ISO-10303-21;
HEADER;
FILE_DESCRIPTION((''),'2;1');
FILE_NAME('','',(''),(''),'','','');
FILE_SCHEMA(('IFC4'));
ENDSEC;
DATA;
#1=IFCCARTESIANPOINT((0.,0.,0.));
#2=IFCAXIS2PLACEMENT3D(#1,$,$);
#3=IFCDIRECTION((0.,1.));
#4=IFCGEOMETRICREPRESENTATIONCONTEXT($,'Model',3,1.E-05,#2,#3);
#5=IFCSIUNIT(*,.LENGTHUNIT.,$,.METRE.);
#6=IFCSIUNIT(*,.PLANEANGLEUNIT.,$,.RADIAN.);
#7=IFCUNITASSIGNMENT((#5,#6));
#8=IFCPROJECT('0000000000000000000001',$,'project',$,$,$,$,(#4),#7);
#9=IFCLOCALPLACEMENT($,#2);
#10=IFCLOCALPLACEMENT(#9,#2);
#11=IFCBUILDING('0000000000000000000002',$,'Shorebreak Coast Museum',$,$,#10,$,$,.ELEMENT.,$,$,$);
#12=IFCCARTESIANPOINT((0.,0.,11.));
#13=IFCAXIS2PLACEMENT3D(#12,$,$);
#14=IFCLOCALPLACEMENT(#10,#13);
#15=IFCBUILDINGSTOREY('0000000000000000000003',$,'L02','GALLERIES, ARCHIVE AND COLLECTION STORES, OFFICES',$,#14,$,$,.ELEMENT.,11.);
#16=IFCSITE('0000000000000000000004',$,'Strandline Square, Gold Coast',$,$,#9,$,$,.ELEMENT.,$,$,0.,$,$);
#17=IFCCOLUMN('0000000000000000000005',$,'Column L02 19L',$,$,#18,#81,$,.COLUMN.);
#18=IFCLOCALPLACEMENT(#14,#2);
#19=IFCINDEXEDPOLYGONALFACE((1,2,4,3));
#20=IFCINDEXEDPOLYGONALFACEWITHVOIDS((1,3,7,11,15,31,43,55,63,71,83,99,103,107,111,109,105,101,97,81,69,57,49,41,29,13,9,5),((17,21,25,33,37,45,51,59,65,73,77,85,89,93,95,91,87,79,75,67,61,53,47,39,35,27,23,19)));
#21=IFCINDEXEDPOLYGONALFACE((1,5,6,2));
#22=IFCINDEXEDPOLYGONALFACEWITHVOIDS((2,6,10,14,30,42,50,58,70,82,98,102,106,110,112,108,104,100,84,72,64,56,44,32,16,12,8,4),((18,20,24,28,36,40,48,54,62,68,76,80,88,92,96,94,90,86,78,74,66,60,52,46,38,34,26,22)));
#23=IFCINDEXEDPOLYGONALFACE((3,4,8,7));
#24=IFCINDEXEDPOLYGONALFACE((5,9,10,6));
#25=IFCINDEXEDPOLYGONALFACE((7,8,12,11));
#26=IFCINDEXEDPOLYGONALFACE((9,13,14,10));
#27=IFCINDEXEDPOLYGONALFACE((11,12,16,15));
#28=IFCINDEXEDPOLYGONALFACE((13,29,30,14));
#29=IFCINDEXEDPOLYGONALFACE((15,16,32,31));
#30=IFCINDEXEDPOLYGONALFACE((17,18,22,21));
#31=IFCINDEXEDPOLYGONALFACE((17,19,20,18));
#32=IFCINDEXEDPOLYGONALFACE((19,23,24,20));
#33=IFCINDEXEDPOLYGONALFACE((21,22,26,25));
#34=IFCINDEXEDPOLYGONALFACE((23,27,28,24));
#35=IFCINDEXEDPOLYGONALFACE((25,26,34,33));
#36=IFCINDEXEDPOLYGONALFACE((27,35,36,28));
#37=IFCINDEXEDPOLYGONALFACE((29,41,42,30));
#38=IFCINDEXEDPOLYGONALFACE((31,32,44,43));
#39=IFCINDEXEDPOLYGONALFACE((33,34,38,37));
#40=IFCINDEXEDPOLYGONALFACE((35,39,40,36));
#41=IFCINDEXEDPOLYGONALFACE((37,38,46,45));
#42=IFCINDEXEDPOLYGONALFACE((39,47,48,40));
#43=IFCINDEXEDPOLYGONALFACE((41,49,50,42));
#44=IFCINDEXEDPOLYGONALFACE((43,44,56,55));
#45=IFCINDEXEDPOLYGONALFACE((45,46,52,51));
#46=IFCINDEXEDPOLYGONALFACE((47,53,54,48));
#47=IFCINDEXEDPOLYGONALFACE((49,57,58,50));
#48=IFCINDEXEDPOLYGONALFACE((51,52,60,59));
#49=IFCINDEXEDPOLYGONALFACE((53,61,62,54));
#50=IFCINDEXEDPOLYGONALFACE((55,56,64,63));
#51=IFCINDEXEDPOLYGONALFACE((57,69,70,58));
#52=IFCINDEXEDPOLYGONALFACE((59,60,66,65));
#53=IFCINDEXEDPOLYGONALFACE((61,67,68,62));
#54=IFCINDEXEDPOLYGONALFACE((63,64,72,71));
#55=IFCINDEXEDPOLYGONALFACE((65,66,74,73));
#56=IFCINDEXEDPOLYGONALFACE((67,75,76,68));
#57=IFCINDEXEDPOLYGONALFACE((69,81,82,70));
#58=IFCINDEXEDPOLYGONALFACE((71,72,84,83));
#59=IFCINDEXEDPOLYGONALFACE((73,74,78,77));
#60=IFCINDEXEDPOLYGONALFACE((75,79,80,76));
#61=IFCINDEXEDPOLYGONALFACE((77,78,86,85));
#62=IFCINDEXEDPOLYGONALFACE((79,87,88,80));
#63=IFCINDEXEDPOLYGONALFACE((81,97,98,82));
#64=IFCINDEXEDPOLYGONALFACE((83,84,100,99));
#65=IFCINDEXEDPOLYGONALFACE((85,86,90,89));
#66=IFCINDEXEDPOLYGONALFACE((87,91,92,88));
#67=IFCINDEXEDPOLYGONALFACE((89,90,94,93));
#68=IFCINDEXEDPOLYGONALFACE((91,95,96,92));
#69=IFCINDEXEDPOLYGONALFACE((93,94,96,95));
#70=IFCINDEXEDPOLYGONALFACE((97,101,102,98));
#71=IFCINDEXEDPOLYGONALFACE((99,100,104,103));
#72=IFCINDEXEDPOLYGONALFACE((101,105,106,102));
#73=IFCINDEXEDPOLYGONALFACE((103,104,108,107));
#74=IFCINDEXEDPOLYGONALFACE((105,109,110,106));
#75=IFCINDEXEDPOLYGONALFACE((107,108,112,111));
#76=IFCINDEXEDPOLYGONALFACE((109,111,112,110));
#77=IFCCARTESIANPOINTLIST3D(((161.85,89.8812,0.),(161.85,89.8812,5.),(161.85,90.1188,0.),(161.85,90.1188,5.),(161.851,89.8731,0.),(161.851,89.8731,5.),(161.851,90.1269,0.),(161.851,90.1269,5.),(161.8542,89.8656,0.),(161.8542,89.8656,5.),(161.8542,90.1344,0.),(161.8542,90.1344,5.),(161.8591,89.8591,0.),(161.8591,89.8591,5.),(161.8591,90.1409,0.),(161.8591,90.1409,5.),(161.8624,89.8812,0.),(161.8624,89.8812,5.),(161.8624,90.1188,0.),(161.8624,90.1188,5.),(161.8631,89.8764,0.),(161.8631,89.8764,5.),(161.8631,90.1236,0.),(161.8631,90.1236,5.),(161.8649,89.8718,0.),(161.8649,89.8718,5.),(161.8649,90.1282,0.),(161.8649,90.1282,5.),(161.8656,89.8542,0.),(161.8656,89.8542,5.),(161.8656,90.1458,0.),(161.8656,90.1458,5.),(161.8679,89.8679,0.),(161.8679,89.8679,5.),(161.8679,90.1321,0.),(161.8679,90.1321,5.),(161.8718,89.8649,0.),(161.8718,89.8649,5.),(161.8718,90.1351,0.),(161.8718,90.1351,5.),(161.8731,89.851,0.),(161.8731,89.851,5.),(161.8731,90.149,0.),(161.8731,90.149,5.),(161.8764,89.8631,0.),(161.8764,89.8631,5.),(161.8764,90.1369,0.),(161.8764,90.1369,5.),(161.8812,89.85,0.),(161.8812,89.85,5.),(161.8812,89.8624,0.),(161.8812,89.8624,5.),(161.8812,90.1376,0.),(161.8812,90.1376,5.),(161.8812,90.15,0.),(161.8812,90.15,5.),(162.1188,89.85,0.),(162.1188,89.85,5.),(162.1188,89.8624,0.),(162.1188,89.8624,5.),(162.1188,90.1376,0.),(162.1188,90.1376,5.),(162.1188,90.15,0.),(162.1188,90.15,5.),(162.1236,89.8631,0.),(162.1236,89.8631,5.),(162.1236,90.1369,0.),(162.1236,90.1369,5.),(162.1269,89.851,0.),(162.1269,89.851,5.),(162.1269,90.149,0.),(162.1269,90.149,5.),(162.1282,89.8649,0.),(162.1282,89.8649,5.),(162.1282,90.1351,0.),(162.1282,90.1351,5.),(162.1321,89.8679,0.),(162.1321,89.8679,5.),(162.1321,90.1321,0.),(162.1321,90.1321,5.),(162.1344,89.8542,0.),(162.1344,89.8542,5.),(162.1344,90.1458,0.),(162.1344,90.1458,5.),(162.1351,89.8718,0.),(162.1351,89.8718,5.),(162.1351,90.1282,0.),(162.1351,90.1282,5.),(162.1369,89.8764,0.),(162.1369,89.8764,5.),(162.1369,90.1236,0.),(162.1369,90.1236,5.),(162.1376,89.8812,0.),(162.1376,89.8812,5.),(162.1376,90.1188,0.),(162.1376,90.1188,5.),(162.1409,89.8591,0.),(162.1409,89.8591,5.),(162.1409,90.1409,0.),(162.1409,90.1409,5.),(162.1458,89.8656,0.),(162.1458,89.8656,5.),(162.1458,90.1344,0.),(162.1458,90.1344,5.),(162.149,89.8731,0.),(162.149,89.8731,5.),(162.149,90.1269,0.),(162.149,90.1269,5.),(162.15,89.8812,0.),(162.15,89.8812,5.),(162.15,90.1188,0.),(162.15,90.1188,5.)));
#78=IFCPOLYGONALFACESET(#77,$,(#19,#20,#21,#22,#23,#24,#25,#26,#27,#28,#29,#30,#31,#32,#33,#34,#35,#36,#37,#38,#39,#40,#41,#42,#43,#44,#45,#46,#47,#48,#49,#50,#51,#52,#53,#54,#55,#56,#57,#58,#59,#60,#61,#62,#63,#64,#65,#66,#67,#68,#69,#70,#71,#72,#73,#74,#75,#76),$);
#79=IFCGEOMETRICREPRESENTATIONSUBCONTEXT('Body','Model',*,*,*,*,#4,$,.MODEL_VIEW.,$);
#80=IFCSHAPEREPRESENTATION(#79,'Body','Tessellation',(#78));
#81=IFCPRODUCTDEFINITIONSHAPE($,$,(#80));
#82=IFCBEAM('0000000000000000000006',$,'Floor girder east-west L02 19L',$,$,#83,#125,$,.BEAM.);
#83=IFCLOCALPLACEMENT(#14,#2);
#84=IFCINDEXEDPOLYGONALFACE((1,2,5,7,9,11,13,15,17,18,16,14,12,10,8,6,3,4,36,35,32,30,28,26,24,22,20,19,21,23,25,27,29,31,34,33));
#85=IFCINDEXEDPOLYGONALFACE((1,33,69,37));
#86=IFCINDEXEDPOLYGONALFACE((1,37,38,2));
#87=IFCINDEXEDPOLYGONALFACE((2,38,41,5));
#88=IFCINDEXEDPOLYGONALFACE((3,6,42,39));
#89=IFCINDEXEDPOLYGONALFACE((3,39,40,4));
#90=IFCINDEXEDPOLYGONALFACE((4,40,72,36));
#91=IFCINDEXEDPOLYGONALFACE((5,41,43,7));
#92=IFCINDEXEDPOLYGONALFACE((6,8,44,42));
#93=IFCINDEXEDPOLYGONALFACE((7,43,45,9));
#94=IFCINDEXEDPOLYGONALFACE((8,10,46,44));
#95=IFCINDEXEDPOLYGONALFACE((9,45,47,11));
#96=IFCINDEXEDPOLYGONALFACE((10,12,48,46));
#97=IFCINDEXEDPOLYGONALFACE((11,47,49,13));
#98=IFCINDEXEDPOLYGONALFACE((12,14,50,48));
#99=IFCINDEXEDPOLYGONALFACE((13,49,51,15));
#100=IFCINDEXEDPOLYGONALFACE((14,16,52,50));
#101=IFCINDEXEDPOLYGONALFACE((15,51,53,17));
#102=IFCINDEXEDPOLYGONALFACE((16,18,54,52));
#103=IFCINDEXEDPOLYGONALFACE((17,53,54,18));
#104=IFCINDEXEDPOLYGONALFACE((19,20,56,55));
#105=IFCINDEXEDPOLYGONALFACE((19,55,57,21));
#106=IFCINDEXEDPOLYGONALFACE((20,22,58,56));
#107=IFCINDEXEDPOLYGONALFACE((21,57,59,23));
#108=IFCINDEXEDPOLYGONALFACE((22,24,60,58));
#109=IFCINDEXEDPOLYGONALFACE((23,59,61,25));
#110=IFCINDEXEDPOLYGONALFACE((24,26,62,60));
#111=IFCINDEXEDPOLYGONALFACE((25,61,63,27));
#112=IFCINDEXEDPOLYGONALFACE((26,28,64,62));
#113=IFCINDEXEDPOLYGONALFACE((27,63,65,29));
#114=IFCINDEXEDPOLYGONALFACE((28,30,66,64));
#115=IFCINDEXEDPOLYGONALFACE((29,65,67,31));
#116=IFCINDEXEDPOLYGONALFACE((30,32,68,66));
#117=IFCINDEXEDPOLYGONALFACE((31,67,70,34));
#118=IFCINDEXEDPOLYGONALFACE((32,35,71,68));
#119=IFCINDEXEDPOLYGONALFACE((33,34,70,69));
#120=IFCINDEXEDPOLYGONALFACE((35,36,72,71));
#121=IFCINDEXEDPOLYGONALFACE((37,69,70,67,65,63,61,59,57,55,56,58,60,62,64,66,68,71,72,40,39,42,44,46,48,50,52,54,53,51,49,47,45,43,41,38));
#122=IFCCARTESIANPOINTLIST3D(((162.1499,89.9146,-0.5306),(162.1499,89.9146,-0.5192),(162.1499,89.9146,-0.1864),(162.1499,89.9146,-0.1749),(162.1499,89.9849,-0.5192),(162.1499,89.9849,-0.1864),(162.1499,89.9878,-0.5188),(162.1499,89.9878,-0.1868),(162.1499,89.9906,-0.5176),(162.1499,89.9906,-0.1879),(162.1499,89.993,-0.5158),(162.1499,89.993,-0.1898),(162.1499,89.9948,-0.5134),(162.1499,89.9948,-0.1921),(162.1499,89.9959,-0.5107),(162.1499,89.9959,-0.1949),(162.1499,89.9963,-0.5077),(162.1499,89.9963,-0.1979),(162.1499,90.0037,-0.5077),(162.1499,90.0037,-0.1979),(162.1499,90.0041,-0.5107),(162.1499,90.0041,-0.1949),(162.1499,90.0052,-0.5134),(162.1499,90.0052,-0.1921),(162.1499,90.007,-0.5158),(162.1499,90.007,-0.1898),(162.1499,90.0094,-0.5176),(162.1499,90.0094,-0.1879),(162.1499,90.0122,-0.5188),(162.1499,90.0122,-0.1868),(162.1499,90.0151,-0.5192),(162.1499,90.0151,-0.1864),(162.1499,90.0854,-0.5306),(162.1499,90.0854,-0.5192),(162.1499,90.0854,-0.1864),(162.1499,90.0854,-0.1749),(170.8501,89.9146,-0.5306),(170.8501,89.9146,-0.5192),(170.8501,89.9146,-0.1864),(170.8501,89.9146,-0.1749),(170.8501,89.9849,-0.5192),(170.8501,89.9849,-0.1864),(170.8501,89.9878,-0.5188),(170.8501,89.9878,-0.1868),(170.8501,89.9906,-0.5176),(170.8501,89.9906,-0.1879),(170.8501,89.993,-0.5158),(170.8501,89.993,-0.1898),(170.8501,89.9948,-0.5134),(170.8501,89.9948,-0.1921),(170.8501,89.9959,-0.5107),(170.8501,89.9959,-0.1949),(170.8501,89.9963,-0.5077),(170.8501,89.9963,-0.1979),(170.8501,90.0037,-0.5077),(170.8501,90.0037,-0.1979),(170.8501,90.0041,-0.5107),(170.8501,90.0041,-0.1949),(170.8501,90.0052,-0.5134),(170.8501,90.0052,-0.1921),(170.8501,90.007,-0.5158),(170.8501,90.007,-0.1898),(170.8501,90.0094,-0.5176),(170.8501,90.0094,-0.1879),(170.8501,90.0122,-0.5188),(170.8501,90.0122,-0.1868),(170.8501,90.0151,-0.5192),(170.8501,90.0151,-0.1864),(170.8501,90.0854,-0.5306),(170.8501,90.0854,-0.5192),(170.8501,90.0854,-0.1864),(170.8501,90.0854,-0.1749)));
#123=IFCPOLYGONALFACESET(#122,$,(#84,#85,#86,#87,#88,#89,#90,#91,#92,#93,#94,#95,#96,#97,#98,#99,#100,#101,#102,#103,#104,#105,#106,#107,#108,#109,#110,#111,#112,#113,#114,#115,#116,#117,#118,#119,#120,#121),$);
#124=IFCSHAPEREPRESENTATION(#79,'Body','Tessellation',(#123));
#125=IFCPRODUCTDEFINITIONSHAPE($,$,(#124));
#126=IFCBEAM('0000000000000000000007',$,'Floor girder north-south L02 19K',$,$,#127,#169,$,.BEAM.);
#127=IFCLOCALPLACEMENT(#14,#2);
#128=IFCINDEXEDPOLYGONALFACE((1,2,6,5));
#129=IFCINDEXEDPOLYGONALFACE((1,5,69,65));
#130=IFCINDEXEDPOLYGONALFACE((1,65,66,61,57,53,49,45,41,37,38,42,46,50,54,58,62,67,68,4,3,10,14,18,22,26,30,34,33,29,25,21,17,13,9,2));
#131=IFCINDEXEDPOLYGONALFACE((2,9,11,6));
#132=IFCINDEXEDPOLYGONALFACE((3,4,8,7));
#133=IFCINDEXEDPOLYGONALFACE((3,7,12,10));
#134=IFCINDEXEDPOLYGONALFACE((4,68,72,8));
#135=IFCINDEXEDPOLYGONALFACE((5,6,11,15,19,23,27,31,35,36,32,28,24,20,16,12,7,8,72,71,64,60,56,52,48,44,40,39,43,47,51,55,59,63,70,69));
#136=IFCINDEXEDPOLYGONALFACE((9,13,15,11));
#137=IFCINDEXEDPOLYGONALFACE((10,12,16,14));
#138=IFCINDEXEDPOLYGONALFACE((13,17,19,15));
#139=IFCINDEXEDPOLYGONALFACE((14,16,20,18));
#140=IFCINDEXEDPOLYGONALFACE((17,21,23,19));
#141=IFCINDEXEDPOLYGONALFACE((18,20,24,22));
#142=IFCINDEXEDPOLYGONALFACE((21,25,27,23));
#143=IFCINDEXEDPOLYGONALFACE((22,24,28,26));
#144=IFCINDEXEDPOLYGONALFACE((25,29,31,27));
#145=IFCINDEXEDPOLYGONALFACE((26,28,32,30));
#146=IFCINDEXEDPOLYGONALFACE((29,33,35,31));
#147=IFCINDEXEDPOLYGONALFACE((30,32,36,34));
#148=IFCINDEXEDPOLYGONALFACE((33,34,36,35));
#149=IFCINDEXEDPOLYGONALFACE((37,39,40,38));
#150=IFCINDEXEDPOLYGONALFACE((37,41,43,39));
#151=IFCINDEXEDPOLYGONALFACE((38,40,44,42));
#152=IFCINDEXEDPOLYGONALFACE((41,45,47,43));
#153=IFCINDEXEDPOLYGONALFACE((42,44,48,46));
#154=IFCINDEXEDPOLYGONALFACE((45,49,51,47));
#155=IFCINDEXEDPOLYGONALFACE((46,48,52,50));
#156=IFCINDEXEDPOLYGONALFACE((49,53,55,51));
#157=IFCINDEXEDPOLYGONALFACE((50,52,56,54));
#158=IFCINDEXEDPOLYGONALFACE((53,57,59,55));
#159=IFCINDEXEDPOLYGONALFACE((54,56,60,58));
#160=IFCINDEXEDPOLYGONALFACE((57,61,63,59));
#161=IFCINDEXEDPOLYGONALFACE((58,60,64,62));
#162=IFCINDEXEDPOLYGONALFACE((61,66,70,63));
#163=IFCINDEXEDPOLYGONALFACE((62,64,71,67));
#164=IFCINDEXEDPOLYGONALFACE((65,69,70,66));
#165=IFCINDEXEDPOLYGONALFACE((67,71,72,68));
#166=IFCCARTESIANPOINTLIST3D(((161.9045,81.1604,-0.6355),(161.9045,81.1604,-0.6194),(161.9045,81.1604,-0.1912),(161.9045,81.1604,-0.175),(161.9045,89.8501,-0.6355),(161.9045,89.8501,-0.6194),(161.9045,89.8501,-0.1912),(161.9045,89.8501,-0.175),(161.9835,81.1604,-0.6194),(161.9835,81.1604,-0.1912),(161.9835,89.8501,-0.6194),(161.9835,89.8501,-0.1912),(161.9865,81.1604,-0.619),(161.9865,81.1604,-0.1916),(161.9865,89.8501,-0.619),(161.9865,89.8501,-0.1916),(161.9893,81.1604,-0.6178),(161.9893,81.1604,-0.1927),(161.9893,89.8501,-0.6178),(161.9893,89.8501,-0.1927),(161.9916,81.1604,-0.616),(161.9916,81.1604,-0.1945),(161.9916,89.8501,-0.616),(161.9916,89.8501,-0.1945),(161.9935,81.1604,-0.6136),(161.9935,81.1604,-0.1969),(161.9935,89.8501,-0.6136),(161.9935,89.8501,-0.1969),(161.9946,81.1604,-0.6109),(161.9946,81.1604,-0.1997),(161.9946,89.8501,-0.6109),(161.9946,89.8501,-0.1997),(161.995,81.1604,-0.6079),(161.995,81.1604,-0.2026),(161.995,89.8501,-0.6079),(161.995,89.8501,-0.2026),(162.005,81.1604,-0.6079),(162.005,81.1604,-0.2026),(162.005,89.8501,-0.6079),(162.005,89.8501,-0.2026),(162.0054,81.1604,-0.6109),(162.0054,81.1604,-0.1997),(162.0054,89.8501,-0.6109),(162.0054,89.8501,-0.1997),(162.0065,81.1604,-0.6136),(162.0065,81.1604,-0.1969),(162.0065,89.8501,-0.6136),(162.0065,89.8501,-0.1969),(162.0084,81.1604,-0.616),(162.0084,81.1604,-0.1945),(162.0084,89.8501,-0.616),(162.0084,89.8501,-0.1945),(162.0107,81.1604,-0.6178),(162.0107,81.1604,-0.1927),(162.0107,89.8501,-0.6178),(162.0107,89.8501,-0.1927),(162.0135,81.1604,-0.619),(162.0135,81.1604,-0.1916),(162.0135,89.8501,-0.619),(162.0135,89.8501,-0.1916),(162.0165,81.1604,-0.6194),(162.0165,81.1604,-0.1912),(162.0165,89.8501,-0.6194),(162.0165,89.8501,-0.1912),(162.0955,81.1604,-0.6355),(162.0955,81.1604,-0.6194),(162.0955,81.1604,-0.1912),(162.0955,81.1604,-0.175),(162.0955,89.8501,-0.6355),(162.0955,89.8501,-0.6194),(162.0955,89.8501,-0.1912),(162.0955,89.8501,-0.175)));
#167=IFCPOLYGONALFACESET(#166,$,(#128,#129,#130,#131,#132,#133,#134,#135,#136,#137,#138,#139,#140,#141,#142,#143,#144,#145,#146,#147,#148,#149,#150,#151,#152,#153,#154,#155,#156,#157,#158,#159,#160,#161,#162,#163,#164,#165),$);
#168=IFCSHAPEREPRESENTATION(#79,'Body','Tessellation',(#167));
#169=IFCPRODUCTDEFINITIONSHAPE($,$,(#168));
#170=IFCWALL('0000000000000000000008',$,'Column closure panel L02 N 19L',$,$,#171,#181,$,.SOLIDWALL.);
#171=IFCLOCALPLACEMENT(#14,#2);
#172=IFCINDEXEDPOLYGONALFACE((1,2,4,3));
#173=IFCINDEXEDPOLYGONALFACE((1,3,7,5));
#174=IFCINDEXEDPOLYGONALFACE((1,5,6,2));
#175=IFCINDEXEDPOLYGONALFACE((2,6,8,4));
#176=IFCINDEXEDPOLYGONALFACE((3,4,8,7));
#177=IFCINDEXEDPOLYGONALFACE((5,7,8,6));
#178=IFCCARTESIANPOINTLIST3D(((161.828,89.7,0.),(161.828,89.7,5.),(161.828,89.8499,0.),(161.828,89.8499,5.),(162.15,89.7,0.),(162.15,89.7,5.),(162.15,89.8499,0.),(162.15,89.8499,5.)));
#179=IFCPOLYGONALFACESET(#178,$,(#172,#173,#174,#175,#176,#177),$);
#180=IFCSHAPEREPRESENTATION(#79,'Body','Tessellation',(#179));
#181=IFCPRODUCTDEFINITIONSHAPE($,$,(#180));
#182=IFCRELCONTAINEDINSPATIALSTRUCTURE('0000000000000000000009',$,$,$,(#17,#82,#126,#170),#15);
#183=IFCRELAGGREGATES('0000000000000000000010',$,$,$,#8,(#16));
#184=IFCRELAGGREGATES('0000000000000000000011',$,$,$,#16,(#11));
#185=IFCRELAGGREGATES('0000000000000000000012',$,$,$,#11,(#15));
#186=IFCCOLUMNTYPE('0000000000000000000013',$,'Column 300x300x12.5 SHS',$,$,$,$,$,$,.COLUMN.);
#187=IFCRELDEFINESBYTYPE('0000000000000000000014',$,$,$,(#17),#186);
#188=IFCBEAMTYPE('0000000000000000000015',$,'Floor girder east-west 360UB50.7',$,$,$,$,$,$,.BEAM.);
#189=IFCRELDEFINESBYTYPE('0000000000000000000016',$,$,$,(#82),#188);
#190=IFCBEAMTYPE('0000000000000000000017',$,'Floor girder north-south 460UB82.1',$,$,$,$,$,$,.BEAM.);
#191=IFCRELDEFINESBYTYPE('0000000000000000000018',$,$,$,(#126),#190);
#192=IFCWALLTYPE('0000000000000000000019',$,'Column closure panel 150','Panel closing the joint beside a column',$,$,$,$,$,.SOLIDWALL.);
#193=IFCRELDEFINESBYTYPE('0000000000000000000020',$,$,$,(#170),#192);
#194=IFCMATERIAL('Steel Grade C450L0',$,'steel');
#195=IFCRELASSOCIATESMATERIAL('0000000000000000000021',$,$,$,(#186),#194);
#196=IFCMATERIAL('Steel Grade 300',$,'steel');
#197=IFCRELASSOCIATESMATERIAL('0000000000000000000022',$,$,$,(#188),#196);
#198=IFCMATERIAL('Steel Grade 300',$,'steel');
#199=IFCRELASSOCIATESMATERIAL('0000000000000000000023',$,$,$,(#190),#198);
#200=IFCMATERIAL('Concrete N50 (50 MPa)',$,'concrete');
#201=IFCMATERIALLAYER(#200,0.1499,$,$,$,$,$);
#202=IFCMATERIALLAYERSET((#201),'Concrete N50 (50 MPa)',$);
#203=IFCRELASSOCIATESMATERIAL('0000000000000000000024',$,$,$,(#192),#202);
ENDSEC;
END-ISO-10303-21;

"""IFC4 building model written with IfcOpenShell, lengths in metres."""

from ifc_helpers import new_model, si_unit, direction, frame, frame_2d, origin, origin_2d, place, context, subcontext, project, spatial, rectangle, hollow_rectangle, i_section, extrude, material, layer, layer_set, material_profile, profile_set, type_object, element, save


model = new_model("IFC4")

# Units and contexts
model_context = context("Model", 3, precision=1e-05, world=origin(), true_north=direction((0.0, 1.0)))
body_context = subcontext(model_context, "Body", "Model", "MODEL_VIEW")
ifc_project = project(units=[si_unit("LENGTHUNIT", "METRE"), si_unit("PLANEANGLEUNIT", "RADIAN")], contexts=[model_context])

# Site, building, storey
site_placement = place(None, origin())
site = spatial("IfcSite", under=ifc_project, at=site_placement, Name="Strandline Square, Gold Coast", CompositionType="ELEMENT", RefElevation=0.0)
building_placement = place(site_placement, origin())
building = spatial("IfcBuilding", under=site, at=building_placement, Name="Shorebreak Coast Museum", CompositionType="ELEMENT")
storey_placement = place(building_placement, frame((0.0, 0.0, 11.0)))
storey = spatial("IfcBuildingStorey", under=building, at=storey_placement, Name="L02", Description="GALLERIES, ARCHIVE AND COLLECTION STORES, OFFICES", CompositionType="ELEMENT", Elevation=11.0)

# Column
ifc_material_1 = material(Name="Steel Grade C450L0", Category="steel")
ifc_material_profile_1 = material_profile(ifc_material_1, hollow_rectangle(XDim=0.3, YDim=0.3, WallThickness=0.0125, InnerFilletRadius=0.0188, OuterFilletRadius=0.0312, at=origin_2d()), Name="300x300x12.5 SHS")
ifc_profile_set_1 = profile_set([ifc_material_profile_1], Name="Steel Grade C450L0")
column_type = type_object("IfcColumnType", Name="Column 300x300x12.5 SHS", PredefinedType="COLUMN", material=ifc_profile_set_1)
column_placement = place(storey_placement, frame((162.0, 90.0, 0.0), z_axis=(0.0, 0.0, 1.0), x_axis=(1.0, 0.0, 0.0)))
element("IfcColumn", 1, at=column_placement, inside=storey, type_object=column_type, Name="Column L02 19L", PredefinedType="COLUMN", context=body_context, shape_type="SweptSolid", body=[
    extrude(hollow_rectangle(XDim=0.3, YDim=0.3, WallThickness=0.0125, InnerFilletRadius=0.0188, OuterFilletRadius=0.0312, at=origin_2d()), origin(), (0.0, 0.0, 1.0), 5.0),
])

# Beams
ifc_material_2 = material(Name="Steel Grade 300", Category="steel")
ifc_material_profile_2 = material_profile(ifc_material_2, i_section(OverallWidth=0.1709, OverallDepth=0.3557, WebThickness=0.0073, FlangeThickness=0.0115, FilletRadius=0.0115, at=origin_2d()), Name="360UB50.7")
ifc_profile_set_2 = profile_set([ifc_material_profile_2], Name="Steel Grade 300")
beam_type_1 = type_object("IfcBeamType", Name="Floor girder east-west 360UB50.7", PredefinedType="BEAM", material=ifc_profile_set_2)
beam_1_placement = place(storey_placement, frame((162.1499, 90.0, -0.3528), z_axis=(1.0, 0.0, 0.0), x_axis=(0.0, 1.0, 0.0)))
element("IfcBeam", 2, at=beam_1_placement, inside=storey, type_object=beam_type_1, Name="Floor girder east-west L02 19L", PredefinedType="BEAM", context=body_context, shape_type="SweptSolid", body=[
    extrude(i_section(OverallWidth=0.1709, OverallDepth=0.3557, WebThickness=0.0073, FlangeThickness=0.0115, FilletRadius=0.0115, at=origin_2d()), origin(), (0.0, 0.0, 1.0), 8.7002),
])
ifc_material_3 = material(Name="Steel Grade 300", Category="steel")
ifc_material_profile_3 = material_profile(ifc_material_3, i_section(OverallWidth=0.1909, OverallDepth=0.4604, WebThickness=0.01, FlangeThickness=0.0161, FilletRadius=0.0115, at=origin_2d()), Name="460UB82.1")
ifc_profile_set_3 = profile_set([ifc_material_profile_3], Name="Steel Grade 300")
beam_type_2 = type_object("IfcBeamType", Name="Floor girder north-south 460UB82.1", PredefinedType="BEAM", material=ifc_profile_set_3)
beam_2_placement = place(storey_placement, frame((162.0, 81.1604, -0.4053), z_axis=(0.0, 1.0, 0.0), x_axis=(-1.0, 0.0, 0.0)))
element("IfcBeam", 3, at=beam_2_placement, inside=storey, type_object=beam_type_2, Name="Floor girder north-south L02 19K", PredefinedType="BEAM", context=body_context, shape_type="SweptSolid", body=[
    extrude(i_section(OverallWidth=0.1909, OverallDepth=0.4604, WebThickness=0.01, FlangeThickness=0.0161, FilletRadius=0.0115, at=origin_2d()), origin(), (0.0, 0.0, 1.0), 8.6897),
])

# Wall
ifc_material_4 = material(Name="Concrete N50 (50 MPa)", Category="concrete")
ifc_layer_1 = layer(ifc_material_4, 0.1499)
ifc_layer_set_1 = layer_set([ifc_layer_1], Name="Concrete N50 (50 MPa)")
wall_type_1 = type_object("IfcWallType", Name="Column closure panel 150", Description="Panel closing the joint beside a column", PredefinedType="SOLIDWALL", material=ifc_layer_set_1)
wall_1_placement = place(storey_placement, frame((161.8279, 89.7749, 0.0), z_axis=(0.0, 0.0, 1.0), x_axis=(1.0, 0.0, 0.0)))
element("IfcWall", 4, at=wall_1_placement, inside=storey, type_object=wall_type_1, Name="Column closure panel L02 N 19L", PredefinedType="SOLIDWALL", context=body_context, shape_type="SweptSolid", body=[
    extrude(rectangle(XDim=0.322, YDim=0.1499, at=frame_2d((0.1611, 0.0))), origin(), (0.0, 0.0, 1.0), 5.0),
])

save(model, "model.ifc")
